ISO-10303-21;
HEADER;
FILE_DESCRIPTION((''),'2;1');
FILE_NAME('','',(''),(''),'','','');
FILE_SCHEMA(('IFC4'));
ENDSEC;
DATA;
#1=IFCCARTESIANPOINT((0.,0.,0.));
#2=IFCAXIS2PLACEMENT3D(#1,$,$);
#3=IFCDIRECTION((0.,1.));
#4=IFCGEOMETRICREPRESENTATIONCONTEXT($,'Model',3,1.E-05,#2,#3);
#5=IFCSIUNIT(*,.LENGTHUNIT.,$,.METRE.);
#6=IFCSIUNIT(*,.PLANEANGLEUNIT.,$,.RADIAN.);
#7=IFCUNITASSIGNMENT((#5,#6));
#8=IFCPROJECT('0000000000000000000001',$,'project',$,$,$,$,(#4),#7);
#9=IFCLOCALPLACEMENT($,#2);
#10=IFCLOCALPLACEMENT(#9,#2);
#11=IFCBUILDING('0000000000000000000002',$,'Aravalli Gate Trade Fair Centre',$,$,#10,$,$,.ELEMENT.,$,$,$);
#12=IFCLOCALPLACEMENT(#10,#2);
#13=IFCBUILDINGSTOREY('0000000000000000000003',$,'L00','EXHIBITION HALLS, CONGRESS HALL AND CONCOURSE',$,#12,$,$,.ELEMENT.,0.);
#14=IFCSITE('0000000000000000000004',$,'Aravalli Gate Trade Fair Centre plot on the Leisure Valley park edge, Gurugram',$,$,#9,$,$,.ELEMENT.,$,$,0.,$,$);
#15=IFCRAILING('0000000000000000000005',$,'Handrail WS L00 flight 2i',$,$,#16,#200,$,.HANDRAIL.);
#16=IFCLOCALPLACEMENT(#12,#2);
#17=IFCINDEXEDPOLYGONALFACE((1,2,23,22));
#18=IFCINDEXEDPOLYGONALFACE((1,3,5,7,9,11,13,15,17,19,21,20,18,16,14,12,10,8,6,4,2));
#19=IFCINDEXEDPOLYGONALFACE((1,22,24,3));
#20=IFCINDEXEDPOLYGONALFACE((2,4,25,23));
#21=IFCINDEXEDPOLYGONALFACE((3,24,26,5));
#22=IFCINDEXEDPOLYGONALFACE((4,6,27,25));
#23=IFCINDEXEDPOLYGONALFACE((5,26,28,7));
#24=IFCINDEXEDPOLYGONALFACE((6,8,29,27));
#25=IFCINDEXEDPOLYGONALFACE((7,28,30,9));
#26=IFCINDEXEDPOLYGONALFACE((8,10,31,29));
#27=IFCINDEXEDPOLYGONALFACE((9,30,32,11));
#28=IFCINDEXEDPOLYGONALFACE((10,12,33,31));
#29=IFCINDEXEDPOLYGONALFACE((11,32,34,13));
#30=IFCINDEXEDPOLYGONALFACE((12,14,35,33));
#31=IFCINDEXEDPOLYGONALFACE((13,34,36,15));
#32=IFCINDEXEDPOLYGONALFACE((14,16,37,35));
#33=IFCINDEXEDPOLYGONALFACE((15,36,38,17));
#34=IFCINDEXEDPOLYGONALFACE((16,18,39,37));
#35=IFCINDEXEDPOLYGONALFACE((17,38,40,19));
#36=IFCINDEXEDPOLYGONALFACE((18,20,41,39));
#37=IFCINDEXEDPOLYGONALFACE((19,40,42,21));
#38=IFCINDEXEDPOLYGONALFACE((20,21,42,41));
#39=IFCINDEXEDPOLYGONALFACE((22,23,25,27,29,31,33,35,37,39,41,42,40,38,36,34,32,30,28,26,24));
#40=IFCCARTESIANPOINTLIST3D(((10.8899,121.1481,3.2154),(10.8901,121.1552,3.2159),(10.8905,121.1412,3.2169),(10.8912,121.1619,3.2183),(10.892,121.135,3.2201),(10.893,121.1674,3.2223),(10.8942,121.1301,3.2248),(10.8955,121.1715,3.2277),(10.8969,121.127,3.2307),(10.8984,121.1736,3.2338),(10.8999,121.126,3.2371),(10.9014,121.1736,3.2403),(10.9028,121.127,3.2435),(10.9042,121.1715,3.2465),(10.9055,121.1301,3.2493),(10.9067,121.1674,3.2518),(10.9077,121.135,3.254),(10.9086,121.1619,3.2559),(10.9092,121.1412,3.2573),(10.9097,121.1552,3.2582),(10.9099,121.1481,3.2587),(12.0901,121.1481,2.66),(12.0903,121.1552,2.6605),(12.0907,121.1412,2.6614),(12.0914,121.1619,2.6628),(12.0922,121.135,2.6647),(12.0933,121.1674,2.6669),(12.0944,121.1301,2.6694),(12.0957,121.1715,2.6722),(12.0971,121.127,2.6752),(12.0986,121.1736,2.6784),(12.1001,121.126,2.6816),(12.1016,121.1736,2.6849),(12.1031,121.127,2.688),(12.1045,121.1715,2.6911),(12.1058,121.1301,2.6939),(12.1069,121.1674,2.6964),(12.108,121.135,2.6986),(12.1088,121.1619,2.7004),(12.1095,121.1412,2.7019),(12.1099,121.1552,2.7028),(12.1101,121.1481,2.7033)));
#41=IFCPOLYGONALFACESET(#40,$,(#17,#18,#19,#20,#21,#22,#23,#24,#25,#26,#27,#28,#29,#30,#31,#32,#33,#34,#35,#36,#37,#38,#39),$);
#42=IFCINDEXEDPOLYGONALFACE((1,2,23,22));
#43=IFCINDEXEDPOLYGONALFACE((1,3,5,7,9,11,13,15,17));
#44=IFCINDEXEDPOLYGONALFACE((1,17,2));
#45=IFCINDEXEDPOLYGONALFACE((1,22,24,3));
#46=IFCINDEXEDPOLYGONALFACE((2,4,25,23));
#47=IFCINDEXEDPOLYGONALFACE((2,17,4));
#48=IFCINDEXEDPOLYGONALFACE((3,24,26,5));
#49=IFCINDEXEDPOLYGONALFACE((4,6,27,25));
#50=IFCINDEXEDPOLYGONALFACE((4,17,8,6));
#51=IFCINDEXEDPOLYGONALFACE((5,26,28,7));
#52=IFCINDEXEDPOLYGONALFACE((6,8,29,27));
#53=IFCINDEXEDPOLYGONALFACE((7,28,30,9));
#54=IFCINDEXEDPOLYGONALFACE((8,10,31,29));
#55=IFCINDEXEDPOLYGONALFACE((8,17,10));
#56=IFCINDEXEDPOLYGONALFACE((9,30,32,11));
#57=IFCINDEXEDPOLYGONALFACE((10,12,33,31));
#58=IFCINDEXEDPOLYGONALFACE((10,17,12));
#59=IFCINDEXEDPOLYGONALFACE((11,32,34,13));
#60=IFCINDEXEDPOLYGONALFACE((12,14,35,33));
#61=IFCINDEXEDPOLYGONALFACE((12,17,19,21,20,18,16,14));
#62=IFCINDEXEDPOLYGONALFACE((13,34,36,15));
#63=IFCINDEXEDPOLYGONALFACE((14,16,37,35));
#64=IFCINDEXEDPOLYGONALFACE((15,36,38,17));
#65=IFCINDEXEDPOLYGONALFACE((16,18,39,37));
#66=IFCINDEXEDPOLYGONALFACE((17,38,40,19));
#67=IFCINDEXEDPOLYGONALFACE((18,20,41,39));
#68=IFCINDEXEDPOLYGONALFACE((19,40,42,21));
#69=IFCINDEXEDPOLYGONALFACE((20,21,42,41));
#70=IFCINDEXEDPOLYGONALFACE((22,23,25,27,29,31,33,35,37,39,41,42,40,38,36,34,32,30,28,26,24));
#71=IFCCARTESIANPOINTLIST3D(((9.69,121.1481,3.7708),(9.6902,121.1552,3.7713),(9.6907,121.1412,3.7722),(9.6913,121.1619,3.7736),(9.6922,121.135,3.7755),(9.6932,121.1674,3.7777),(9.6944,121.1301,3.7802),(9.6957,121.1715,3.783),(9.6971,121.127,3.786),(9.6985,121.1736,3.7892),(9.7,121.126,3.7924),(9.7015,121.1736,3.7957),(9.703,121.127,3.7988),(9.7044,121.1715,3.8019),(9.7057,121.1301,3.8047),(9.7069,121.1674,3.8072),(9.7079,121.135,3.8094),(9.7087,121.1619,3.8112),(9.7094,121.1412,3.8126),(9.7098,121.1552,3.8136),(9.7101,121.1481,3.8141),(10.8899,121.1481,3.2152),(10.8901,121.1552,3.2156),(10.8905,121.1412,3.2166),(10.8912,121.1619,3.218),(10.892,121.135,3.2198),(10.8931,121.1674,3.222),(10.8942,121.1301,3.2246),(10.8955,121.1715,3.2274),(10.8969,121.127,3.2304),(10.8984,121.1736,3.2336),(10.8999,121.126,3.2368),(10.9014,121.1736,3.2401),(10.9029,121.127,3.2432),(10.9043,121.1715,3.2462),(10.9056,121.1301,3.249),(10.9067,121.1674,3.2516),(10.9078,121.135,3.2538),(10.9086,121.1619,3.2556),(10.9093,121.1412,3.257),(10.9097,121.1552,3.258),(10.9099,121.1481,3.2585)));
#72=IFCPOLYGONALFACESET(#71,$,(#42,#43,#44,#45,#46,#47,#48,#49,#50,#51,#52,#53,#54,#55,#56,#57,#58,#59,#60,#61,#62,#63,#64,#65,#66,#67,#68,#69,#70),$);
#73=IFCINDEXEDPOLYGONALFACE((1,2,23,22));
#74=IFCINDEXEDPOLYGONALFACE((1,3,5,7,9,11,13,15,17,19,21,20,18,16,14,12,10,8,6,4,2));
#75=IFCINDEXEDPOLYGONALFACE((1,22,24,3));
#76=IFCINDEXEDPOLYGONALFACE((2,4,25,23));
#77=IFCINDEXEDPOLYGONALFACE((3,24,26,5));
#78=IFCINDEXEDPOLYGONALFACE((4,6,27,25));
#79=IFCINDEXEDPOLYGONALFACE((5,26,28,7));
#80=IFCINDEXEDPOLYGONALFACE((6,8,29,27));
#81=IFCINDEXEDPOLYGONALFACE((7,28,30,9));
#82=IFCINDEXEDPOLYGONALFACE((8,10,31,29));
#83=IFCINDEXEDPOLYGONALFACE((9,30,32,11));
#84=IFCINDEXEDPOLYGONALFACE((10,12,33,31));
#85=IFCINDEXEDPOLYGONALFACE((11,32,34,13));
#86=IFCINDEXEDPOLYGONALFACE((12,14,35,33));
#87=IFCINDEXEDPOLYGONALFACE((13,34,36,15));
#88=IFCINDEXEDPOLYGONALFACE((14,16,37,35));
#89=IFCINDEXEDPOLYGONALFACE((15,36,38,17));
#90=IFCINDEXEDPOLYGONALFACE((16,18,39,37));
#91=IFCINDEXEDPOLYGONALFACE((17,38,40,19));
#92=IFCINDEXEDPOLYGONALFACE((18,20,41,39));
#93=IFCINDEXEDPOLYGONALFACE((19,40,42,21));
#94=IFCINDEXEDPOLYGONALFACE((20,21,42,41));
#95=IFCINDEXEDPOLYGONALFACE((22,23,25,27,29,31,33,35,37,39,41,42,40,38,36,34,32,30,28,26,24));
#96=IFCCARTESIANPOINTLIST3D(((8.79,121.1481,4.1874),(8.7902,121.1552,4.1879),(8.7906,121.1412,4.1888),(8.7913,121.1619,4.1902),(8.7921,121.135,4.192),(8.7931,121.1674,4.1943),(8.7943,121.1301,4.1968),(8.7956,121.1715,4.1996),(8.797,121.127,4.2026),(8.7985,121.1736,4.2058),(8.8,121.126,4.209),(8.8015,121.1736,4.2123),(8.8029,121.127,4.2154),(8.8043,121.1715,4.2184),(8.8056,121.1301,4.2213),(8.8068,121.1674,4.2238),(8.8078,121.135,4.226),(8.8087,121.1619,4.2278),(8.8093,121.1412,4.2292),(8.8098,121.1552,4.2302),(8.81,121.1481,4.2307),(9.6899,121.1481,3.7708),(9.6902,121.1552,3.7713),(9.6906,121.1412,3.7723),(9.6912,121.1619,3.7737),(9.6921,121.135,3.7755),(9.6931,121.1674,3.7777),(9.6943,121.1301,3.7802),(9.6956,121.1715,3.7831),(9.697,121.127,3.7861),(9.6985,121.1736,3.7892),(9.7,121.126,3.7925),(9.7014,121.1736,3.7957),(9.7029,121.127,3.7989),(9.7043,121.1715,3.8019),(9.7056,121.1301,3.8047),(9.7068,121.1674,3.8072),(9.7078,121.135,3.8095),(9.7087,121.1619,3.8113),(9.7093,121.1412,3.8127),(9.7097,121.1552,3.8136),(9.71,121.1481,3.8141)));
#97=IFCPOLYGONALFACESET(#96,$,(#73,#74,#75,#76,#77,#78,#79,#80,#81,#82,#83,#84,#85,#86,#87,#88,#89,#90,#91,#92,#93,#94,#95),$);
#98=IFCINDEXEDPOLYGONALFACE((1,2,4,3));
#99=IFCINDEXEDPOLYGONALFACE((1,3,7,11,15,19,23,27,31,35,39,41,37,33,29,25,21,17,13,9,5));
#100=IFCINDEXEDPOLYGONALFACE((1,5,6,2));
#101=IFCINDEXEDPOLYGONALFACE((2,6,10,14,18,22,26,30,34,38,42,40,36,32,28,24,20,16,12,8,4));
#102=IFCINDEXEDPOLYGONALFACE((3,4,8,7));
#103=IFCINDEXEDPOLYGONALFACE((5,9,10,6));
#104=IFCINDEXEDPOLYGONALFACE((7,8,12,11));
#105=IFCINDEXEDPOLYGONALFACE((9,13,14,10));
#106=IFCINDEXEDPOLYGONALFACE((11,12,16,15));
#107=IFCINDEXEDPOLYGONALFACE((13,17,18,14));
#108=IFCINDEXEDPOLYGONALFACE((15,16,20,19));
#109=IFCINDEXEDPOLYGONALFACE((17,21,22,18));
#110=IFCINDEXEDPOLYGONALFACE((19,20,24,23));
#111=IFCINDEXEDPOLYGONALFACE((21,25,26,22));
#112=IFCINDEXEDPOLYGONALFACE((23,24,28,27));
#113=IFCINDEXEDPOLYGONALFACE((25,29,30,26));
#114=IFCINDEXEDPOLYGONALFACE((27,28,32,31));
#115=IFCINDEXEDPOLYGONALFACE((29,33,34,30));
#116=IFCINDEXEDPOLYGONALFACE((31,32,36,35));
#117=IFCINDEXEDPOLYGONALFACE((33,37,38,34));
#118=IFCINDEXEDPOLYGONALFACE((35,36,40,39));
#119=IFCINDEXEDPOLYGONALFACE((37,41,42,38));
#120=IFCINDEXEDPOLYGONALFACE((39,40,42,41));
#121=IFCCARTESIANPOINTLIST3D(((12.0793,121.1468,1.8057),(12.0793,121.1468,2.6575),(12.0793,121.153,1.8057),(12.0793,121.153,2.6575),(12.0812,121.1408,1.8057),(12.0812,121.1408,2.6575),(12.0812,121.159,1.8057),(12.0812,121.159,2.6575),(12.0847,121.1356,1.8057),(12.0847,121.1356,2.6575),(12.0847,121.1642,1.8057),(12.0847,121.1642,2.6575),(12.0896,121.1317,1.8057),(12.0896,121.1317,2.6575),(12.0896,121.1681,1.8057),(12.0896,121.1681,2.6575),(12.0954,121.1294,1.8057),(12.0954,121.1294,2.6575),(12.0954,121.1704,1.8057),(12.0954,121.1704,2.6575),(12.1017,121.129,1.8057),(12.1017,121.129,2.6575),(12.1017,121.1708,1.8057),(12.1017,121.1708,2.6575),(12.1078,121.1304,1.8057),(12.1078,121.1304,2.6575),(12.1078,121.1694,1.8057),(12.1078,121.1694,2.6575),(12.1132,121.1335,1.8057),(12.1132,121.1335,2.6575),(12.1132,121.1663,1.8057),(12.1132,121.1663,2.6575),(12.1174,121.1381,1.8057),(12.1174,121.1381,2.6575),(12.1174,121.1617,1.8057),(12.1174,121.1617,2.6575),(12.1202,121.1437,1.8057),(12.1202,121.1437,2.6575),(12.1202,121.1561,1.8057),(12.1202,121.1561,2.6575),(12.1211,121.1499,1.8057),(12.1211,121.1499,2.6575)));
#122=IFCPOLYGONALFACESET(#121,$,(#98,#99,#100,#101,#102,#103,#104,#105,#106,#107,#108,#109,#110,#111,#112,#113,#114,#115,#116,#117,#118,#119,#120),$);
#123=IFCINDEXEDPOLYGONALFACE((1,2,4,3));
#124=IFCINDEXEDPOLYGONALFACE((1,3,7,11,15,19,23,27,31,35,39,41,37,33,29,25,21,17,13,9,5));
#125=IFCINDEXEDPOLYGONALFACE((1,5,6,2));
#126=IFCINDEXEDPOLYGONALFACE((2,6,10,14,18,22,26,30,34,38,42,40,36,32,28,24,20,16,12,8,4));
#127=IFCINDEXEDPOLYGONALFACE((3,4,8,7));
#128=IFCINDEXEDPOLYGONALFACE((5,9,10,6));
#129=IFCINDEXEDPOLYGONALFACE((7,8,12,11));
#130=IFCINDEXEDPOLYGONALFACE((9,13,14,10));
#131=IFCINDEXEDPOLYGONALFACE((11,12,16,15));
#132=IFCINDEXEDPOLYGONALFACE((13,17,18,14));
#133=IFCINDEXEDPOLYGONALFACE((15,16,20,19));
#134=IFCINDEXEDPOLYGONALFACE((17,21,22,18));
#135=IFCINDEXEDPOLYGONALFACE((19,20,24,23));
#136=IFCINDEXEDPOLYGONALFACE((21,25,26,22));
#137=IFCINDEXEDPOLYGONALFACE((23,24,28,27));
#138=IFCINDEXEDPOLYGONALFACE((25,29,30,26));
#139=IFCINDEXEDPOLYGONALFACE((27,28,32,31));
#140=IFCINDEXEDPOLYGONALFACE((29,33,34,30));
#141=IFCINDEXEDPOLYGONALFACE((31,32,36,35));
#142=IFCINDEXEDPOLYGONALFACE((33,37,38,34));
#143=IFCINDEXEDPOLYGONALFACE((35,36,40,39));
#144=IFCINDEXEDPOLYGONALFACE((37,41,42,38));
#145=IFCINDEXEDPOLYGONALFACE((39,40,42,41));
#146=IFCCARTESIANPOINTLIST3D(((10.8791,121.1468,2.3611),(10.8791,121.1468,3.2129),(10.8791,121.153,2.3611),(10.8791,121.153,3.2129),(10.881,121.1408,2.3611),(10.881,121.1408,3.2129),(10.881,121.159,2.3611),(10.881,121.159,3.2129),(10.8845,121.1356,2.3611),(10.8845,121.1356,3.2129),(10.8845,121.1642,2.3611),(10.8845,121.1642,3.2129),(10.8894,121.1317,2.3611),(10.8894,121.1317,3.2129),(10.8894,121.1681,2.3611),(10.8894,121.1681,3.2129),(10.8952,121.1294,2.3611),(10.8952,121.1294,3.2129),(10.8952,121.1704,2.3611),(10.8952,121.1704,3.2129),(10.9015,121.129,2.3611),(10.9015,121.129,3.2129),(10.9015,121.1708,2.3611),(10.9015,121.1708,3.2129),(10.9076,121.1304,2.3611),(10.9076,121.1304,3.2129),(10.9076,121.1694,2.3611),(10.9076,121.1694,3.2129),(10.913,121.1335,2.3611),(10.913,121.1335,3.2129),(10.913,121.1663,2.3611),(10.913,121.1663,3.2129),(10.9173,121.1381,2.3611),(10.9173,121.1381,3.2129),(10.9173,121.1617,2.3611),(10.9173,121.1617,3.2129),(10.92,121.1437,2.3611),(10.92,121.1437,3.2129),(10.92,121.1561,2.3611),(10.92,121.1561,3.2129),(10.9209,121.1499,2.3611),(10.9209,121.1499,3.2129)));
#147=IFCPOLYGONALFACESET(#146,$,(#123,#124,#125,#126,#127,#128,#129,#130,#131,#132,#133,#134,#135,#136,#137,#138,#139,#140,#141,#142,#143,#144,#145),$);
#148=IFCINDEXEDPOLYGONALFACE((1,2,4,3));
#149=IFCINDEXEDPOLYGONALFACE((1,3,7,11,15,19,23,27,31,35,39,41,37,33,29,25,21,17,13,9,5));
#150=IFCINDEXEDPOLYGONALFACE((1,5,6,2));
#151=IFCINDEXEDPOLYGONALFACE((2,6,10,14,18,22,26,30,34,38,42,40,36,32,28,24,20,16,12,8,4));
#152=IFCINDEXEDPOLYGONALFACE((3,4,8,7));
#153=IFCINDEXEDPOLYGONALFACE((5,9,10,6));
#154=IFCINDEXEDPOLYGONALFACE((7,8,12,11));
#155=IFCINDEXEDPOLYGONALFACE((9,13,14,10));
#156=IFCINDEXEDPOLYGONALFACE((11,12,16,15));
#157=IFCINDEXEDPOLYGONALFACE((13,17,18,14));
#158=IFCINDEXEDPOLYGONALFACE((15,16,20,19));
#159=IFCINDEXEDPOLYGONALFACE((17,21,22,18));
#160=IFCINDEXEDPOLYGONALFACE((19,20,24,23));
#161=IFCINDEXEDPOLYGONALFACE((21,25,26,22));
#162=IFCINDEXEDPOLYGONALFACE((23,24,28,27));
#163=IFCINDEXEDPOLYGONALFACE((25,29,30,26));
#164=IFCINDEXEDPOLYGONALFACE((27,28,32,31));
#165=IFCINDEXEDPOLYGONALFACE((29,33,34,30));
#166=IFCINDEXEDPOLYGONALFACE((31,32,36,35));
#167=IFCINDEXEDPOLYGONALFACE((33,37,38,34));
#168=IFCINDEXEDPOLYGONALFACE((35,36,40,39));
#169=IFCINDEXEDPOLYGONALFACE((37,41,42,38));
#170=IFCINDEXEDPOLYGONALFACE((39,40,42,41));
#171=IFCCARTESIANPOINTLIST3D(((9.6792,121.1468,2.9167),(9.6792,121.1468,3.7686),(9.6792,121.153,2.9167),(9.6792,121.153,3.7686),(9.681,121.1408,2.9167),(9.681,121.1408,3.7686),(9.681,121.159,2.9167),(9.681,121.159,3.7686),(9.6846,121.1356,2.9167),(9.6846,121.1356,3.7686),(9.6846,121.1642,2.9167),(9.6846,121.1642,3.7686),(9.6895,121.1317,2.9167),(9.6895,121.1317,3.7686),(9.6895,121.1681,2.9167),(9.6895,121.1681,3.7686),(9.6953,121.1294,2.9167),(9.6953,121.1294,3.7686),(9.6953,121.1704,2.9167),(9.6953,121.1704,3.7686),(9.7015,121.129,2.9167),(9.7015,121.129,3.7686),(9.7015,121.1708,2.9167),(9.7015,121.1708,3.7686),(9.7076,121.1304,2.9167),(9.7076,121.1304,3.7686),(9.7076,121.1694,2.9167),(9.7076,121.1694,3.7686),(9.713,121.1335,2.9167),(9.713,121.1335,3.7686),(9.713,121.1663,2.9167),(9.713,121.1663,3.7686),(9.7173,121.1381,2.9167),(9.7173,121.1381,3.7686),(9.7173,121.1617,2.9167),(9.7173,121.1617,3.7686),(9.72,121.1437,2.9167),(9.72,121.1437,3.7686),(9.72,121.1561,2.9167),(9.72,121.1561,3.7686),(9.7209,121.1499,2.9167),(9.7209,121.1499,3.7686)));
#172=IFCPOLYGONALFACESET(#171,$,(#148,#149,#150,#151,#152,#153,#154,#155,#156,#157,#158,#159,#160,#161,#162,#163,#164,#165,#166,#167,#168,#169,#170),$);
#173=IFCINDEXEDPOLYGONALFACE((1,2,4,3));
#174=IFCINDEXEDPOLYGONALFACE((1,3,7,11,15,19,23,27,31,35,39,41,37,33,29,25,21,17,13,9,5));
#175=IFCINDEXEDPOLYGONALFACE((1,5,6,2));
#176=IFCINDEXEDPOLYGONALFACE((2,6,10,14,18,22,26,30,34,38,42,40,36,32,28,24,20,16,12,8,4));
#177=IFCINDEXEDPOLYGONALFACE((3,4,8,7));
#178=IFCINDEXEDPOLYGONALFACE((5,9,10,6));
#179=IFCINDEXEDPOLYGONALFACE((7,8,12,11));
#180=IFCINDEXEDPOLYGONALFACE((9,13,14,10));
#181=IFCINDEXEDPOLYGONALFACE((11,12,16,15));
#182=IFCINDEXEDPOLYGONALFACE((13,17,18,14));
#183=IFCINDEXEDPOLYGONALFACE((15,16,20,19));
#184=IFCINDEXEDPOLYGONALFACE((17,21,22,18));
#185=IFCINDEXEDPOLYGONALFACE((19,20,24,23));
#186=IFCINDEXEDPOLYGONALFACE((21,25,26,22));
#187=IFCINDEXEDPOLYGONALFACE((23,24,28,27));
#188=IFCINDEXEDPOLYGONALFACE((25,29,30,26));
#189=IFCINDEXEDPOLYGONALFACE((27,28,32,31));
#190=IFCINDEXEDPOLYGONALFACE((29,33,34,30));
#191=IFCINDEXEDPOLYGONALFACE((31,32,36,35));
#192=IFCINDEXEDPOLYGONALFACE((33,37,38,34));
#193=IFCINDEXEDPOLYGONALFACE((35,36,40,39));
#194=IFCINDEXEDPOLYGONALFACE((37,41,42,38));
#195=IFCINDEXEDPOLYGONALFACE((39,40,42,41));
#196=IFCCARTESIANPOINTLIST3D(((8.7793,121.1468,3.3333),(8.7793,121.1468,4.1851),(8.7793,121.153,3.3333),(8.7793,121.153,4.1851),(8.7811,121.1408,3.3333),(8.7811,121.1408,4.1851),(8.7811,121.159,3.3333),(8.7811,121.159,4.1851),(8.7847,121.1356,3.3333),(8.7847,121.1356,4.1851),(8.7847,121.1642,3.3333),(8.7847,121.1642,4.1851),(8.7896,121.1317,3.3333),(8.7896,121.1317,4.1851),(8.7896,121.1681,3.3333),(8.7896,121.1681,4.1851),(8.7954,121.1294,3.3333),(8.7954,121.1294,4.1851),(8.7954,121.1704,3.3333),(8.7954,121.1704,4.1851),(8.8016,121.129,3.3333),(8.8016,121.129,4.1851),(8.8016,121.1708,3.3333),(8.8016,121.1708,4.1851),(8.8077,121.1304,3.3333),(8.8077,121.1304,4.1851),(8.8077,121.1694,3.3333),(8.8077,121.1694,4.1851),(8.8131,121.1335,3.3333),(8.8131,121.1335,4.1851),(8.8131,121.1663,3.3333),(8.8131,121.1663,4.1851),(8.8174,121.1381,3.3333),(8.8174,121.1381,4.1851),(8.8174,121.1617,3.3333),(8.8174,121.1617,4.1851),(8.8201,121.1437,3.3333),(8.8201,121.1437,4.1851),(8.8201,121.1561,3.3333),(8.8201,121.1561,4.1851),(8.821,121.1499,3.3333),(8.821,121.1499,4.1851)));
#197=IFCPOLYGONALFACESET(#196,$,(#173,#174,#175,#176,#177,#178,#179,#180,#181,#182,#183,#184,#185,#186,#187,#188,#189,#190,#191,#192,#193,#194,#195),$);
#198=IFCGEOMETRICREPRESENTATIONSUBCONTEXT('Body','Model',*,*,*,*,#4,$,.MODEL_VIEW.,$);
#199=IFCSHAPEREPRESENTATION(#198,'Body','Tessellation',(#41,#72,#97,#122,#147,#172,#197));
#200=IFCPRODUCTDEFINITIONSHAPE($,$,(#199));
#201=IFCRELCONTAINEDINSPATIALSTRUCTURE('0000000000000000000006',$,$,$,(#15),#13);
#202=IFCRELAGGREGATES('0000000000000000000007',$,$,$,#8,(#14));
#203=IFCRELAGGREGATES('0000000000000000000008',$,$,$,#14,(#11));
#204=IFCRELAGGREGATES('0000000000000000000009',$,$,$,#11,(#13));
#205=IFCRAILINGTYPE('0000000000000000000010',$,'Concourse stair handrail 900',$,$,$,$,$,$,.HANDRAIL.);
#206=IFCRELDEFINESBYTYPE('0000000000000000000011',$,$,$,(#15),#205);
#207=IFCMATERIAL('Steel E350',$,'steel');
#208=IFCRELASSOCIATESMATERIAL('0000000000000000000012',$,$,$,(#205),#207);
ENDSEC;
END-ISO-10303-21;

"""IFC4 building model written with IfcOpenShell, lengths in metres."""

from ifc_helpers import new_model, si_unit, direction, frame, origin, origin_2d, place, context, subcontext, project, spatial, circle, extrude, material, type_object, element, save


model = new_model("IFC4")

# Units and contexts
model_context = context("Model", 3, precision=1e-05, world=origin(), true_north=direction((0.0, 1.0)))
body_context = subcontext(model_context, "Body", "Model", "MODEL_VIEW")
ifc_project = project(units=[si_unit("LENGTHUNIT", "METRE"), si_unit("PLANEANGLEUNIT", "RADIAN")], contexts=[model_context])

# Site, building, storey
site_placement = place(None, origin())
site = spatial("IfcSite", under=ifc_project, at=site_placement, Name="Aravalli Gate Trade Fair Centre plot on the Leisure Valley park edge, Gurugram", CompositionType="ELEMENT", RefElevation=0.0)
building_placement = place(site_placement, origin())
building = spatial("IfcBuilding", under=site, at=building_placement, Name="Aravalli Gate Trade Fair Centre", CompositionType="ELEMENT")
storey_placement = place(building_placement, origin())
storey = spatial("IfcBuildingStorey", under=building, at=storey_placement, Name="L00", Description="EXHIBITION HALLS, CONGRESS HALL AND CONCOURSE", CompositionType="ELEMENT", Elevation=0.0)

# Shared definitions
ifc_material_1 = material(Name="Steel E350", Category="steel")

# Railing
railing_type = type_object("IfcRailingType", Name="Concourse stair handrail 900", PredefinedType="HANDRAIL", material=ifc_material_1)
for number, where, name in (
    (1, (12.1001, 121.1499, 1.8057), "Handrail WS L00 flight 2i"),
):
    element("IfcRailing", number, at=place(storey_placement, frame(where)), inside=storey, type_object=railing_type, Name=name, PredefinedType="HANDRAIL", context=body_context, shape_type="SweptSolid", body=[
        extrude(circle(Radius=0.0239, at=origin_2d()), frame((0.0, 0.0, 0.876), z_axis=(-0.907532, 0.0, 0.419983), x_axis=(0.0, -1.0, 0.0)), (0.0, 0.0, 1.0), 1.3225),
        extrude(circle(Radius=0.0239, at=origin_2d()), frame((-1.2002, 0.0, 1.4312), z_axis=(-0.907429, 0.0, 0.420205), x_axis=(0.0, -1.0, 0.0)), (0.0, 0.0, 1.0), 1.3223),
        extrude(circle(Radius=0.0239, at=origin_2d()), frame((-2.4001, 0.0, 1.9868), z_axis=(-0.907512, 0.0, 0.420026), x_axis=(0.0, -1.0, 0.0)), (0.0, 0.0, 1.0), 0.9917),
        extrude(circle(Radius=0.021, at=origin_2d()), origin(), (0.0, 0.0, 1.0), 0.8518),
        extrude(circle(Radius=0.021, at=origin_2d()), frame((-1.2002, 0.0, 0.5554)), (0.0, 0.0, 1.0), 0.8518),
        extrude(circle(Radius=0.021, at=origin_2d()), frame((-2.4001, 0.0, 1.1111)), (0.0, 0.0, 1.0), 0.8518),
        extrude(circle(Radius=0.021, at=origin_2d()), frame((-3.3, 0.0, 1.5276)), (0.0, 0.0, 1.0), 0.8518),
    ])

save(model, "model.ifc")
